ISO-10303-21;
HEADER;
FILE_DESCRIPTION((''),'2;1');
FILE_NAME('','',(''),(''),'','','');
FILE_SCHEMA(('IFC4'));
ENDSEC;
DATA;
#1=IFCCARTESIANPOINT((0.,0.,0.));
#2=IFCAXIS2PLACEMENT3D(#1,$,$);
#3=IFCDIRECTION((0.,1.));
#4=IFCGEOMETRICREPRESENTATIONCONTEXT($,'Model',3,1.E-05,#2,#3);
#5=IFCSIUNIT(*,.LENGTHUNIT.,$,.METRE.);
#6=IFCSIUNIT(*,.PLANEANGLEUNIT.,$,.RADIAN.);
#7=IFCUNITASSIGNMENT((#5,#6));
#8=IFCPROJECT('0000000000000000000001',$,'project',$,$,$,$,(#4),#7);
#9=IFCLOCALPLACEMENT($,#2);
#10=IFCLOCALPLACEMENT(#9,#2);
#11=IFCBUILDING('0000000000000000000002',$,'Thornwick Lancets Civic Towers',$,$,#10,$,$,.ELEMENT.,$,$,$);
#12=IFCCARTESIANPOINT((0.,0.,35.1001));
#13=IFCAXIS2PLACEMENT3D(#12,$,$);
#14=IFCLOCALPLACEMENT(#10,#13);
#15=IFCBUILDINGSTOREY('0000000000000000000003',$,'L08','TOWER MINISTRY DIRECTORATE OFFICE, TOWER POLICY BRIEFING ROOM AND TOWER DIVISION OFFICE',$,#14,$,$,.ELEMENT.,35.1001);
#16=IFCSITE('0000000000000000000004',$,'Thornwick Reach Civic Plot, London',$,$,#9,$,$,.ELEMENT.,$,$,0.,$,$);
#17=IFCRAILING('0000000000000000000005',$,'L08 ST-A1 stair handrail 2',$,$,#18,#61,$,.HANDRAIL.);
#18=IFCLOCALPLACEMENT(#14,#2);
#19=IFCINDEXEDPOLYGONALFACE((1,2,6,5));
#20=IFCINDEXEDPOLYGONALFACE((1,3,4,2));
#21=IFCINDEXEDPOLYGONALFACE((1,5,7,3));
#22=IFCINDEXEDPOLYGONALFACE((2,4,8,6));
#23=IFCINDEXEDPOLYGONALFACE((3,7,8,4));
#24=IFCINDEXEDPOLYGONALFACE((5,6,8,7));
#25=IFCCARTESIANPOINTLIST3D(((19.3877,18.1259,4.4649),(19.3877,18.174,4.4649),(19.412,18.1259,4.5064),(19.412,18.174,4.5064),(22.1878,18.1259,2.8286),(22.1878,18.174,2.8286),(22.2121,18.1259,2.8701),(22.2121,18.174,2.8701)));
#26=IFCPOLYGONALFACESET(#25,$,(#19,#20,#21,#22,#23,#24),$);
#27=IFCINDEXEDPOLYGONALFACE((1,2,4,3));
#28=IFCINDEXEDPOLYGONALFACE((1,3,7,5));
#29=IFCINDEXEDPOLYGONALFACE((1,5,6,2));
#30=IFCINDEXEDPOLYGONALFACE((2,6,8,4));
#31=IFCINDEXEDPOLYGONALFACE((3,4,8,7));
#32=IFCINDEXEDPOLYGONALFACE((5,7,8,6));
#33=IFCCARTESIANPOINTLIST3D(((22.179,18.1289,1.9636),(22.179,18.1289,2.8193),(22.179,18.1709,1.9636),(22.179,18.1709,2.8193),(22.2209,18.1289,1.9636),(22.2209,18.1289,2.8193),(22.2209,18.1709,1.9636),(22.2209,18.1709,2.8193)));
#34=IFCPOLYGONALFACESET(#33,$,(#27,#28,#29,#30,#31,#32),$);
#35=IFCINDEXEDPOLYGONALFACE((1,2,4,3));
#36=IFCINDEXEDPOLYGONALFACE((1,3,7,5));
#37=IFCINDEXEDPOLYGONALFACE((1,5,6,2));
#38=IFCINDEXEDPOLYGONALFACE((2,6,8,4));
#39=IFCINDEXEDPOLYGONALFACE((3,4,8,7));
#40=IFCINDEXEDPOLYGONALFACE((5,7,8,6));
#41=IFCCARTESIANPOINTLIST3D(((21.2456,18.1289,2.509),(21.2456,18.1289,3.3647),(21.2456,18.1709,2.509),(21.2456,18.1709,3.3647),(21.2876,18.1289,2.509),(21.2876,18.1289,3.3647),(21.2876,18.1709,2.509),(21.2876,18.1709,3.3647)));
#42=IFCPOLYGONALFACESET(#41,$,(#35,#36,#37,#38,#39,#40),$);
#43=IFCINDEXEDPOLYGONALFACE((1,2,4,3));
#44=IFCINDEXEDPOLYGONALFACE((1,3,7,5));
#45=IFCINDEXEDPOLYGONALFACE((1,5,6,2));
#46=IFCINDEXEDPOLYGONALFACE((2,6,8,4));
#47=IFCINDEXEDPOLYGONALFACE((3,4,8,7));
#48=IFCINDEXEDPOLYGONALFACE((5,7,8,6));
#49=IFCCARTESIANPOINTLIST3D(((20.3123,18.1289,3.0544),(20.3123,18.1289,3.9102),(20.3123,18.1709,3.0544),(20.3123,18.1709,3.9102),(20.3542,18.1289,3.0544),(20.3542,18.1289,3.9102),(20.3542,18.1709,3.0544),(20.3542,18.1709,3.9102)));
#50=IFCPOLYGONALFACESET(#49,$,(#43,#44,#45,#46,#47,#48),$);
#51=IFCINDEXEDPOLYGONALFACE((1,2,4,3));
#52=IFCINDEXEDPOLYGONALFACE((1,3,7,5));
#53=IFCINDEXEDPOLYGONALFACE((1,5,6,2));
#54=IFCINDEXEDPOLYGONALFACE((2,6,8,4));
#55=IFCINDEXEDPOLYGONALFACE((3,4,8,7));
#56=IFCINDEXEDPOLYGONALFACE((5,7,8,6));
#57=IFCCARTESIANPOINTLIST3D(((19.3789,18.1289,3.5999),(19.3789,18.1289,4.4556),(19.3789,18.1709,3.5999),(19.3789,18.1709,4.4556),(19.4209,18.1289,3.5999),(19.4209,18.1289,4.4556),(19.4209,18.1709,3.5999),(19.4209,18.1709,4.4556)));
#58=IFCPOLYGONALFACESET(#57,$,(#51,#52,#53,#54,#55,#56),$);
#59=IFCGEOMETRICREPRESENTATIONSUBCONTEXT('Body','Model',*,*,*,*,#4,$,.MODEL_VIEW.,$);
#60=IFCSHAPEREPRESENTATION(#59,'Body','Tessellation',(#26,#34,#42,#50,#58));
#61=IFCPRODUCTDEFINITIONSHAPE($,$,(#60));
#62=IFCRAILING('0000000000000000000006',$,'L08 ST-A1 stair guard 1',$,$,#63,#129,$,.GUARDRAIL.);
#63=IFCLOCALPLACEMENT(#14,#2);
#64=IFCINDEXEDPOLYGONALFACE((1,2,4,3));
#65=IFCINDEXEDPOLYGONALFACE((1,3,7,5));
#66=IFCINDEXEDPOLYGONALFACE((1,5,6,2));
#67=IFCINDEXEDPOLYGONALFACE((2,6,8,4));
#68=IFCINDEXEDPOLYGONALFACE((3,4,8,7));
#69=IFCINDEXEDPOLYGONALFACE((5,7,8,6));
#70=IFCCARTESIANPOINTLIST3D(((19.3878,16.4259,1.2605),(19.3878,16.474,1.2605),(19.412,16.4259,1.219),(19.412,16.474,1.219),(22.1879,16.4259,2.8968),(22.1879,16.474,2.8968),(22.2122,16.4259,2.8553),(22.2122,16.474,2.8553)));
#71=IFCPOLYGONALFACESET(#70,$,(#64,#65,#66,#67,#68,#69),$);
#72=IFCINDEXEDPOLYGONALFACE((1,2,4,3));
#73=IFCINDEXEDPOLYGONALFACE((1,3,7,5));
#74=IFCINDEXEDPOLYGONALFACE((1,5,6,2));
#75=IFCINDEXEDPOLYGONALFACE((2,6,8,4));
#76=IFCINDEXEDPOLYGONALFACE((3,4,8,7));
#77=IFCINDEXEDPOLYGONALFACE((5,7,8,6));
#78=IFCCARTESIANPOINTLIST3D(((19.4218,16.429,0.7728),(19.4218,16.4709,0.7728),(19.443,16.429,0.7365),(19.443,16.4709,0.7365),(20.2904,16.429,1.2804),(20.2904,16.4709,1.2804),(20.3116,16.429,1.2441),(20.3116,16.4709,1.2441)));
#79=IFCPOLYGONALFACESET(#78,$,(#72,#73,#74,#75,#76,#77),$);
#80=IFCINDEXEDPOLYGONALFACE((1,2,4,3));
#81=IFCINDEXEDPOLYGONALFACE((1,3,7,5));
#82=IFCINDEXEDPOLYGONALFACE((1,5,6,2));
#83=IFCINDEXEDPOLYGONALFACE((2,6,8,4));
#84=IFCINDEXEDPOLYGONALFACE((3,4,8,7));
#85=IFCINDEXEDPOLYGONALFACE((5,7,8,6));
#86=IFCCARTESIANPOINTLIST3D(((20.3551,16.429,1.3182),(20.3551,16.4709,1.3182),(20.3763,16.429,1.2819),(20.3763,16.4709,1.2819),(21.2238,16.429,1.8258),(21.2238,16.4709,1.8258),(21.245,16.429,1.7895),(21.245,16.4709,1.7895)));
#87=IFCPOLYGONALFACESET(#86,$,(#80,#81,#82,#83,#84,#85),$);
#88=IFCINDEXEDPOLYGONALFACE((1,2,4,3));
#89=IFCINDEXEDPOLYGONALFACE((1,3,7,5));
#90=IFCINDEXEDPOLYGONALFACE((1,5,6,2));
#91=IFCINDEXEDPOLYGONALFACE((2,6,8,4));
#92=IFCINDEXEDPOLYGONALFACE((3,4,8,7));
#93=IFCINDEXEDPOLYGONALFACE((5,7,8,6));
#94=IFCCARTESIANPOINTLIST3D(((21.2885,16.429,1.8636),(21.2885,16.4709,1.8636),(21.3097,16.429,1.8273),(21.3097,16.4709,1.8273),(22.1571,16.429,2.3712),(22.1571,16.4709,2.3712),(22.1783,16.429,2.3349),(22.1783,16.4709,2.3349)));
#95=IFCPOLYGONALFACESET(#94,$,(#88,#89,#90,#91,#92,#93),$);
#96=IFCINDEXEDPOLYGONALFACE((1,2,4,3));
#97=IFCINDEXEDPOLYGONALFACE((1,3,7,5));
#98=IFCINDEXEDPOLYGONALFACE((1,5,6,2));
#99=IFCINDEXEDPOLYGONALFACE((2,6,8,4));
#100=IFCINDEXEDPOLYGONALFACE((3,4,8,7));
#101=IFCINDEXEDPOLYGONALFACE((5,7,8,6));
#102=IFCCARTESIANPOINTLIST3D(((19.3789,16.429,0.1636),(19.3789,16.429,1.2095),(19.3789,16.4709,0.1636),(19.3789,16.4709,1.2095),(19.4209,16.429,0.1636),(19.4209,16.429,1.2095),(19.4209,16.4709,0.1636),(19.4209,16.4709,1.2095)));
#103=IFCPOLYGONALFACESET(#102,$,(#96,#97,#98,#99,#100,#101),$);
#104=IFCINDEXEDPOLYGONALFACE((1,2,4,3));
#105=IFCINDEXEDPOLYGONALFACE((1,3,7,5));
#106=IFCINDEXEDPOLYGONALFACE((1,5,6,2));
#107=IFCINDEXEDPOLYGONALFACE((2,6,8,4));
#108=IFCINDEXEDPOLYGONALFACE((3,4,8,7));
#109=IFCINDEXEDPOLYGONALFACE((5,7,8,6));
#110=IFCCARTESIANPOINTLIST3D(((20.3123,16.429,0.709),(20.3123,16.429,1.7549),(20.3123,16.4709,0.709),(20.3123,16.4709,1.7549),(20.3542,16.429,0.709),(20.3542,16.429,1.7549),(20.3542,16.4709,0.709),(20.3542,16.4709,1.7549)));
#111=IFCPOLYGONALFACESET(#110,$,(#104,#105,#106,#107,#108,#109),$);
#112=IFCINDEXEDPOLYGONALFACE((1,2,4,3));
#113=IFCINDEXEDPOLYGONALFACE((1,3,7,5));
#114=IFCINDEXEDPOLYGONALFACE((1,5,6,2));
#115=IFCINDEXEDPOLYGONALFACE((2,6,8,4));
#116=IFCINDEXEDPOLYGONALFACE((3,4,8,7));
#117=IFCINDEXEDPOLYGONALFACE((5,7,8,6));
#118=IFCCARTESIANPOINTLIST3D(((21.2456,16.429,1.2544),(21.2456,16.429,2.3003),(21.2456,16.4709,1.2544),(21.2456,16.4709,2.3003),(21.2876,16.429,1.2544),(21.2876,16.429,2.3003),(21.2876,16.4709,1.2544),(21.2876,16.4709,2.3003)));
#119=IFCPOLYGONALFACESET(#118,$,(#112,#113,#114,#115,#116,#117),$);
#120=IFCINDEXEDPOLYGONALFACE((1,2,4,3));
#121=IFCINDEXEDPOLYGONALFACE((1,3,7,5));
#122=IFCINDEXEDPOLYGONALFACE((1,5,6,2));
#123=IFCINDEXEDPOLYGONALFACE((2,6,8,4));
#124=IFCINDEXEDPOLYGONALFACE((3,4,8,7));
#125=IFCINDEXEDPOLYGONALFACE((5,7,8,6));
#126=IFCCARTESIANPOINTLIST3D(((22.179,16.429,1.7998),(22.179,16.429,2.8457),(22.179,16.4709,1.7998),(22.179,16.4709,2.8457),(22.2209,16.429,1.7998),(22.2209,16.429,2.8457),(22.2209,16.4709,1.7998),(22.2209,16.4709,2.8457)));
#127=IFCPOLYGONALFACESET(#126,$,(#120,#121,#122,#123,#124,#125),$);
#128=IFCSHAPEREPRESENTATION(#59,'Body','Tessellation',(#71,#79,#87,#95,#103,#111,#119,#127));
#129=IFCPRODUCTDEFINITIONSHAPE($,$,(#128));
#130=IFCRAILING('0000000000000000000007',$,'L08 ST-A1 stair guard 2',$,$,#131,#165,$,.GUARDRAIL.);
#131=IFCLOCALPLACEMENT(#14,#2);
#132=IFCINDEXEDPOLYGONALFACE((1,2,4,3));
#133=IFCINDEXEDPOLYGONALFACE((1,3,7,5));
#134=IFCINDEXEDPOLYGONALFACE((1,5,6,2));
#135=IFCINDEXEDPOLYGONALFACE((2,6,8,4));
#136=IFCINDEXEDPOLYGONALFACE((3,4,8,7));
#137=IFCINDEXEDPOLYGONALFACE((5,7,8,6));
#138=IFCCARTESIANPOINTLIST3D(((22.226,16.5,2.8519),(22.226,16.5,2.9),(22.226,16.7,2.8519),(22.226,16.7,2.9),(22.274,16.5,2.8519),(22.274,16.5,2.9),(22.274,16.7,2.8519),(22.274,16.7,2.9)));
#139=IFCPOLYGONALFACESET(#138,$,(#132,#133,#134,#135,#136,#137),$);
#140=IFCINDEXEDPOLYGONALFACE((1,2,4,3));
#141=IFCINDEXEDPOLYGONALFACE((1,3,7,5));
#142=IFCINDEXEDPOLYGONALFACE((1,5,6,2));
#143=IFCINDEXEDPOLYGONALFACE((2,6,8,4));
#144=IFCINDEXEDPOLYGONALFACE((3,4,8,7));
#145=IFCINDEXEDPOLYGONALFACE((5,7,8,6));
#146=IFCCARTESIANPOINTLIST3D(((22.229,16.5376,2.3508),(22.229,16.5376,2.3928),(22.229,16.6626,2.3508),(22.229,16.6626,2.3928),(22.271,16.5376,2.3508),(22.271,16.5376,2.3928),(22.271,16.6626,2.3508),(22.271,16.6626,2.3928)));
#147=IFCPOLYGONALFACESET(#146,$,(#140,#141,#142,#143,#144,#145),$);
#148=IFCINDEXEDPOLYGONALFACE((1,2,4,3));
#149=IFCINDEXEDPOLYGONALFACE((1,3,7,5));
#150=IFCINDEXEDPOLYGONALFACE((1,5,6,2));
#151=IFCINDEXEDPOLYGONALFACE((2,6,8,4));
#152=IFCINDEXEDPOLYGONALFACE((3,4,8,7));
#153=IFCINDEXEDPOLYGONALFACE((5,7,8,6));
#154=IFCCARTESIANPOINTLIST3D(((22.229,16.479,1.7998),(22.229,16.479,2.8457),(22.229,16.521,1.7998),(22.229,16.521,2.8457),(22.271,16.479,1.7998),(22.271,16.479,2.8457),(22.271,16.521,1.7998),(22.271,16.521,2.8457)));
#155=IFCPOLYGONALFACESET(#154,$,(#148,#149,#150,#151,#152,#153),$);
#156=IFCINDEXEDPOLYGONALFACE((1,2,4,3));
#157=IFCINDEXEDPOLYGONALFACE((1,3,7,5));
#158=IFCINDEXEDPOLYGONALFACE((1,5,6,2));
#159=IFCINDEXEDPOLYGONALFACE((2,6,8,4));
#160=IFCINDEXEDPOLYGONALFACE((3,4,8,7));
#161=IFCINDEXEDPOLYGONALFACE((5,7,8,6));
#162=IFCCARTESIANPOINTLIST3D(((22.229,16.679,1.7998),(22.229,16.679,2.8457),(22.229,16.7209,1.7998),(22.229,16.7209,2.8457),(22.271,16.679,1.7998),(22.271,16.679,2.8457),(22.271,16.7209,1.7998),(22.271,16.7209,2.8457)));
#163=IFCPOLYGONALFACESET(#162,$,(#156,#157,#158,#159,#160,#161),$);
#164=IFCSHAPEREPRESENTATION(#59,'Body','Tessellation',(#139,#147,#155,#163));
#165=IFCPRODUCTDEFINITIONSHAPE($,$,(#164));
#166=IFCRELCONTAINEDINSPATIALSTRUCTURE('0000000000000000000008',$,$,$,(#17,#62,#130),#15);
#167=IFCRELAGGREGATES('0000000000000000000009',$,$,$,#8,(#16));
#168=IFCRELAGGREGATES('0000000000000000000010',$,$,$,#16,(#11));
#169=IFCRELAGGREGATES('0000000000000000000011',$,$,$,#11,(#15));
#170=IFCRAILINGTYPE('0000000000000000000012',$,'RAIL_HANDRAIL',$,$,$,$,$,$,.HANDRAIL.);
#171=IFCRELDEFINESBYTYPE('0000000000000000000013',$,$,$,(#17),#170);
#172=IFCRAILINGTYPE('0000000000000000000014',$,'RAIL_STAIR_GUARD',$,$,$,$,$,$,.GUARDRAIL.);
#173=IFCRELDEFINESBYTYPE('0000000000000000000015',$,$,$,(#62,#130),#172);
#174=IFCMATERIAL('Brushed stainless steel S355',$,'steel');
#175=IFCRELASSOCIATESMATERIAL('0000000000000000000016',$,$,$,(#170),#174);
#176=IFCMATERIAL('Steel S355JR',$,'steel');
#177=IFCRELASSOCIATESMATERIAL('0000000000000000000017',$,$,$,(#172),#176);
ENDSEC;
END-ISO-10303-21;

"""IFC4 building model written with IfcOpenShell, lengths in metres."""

from ifc_helpers import new_model, si_unit, direction, frame, origin, origin_2d, place, context, subcontext, project, spatial, rectangle, extrude, material, type_object, element, save


model = new_model("IFC4")

# Units and contexts
model_context = context("Model", 3, precision=1e-05, world=origin(), true_north=direction((0.0, 1.0)))
body_context = subcontext(model_context, "Body", "Model", "MODEL_VIEW")
ifc_project = project(units=[si_unit("LENGTHUNIT", "METRE"), si_unit("PLANEANGLEUNIT", "RADIAN")], contexts=[model_context])

# Site, building, storey
site_placement = place(None, origin())
site = spatial("IfcSite", under=ifc_project, at=site_placement, Name="Thornwick Reach Civic Plot, London", CompositionType="ELEMENT", RefElevation=0.0)
building_placement = place(site_placement, origin())
building = spatial("IfcBuilding", under=site, at=building_placement, Name="Thornwick Lancets Civic Towers", CompositionType="ELEMENT")
storey_placement = place(building_placement, frame((0.0, 0.0, 35.1001)))
storey = spatial("IfcBuildingStorey", under=building, at=storey_placement, Name="L08", Description="TOWER MINISTRY DIRECTORATE OFFICE, TOWER POLICY BRIEFING ROOM AND TOWER DIVISION OFFICE", CompositionType="ELEMENT", Elevation=35.1001)

# Shared definitions
ifc_material_1 = material(Name="Steel S355JR", Category="steel")

# Railings
ifc_material_2 = material(Name="Brushed stainless steel S355", Category="steel")
railing_type_1 = type_object("IfcRailingType", Name="RAIL_HANDRAIL", PredefinedType="HANDRAIL", material=ifc_material_2)
railing_1_placement = place(storey_placement, frame((22.2, 18.1499, 1.9636)))
element("IfcRailing", 1, at=railing_1_placement, inside=storey, type_object=railing_type_1, Name="L08 ST-A1 stair handrail 2", PredefinedType="HANDRAIL", context=body_context, shape_type="SweptSolid", body=[
    extrude(rectangle(XDim=0.0481, YDim=0.0481, at=origin_2d()), frame((0.0, 0.0, 0.8857), z_axis=(-0.863394, 0.0, 0.504531), x_axis=(0.0, -1.0, 0.0)), (0.0, 0.0, 1.0), 3.2432),
    extrude(rectangle(XDim=0.042, YDim=0.042, at=origin_2d()), origin(), (0.0, 0.0, 1.0), 0.8557),
    extrude(rectangle(XDim=0.042, YDim=0.042, at=origin_2d()), frame((-0.9333, 0.0, 0.5454)), (0.0, 0.0, 1.0), 0.8557),
    extrude(rectangle(XDim=0.042, YDim=0.042, at=origin_2d()), frame((-1.8667, 0.0, 1.0908)), (0.0, 0.0, 1.0), 0.8557),
    extrude(rectangle(XDim=0.042, YDim=0.042, at=origin_2d()), frame((-2.8, 0.0, 1.6362)), (0.0, 0.0, 1.0), 0.8557),
])
railing_type_2 = type_object("IfcRailingType", Name="RAIL_STAIR_GUARD", PredefinedType="GUARDRAIL", material=ifc_material_1)
railing_2_placement = place(storey_placement, frame((19.3999, 16.45, 0.1636)))
element("IfcRailing", 2, at=railing_2_placement, inside=storey, type_object=railing_type_2, Name="L08 ST-A1 stair guard 1", PredefinedType="GUARDRAIL", context=body_context, shape_type="SweptSolid", body=[
    extrude(rectangle(XDim=0.0481, YDim=0.0481, at=origin_2d()), frame((0.0, 0.0, 1.0762), z_axis=(0.863394, 0.0, 0.504531), x_axis=(0.0, 1.0, 0.0)), (0.0, 0.0, 1.0), 3.2432),
    extrude(rectangle(XDim=0.042, YDim=0.042, at=origin_2d()), frame((0.0325, 0.0, 0.5911), z_axis=(0.863394, 0.0, 0.504531), x_axis=(0.0, 1.0, 0.0)), (0.0, 0.0, 1.0), 1.0061),
    extrude(rectangle(XDim=0.042, YDim=0.042, at=origin_2d()), frame((0.9658, 0.0, 1.1365), z_axis=(0.863394, 0.0, 0.504531), x_axis=(0.0, 1.0, 0.0)), (0.0, 0.0, 1.0), 1.0061),
    extrude(rectangle(XDim=0.042, YDim=0.042, at=origin_2d()), frame((1.8992, 0.0, 1.6819), z_axis=(0.863394, 0.0, 0.504531), x_axis=(0.0, 1.0, 0.0)), (0.0, 0.0, 1.0), 1.0061),
    extrude(rectangle(XDim=0.042, YDim=0.042, at=origin_2d()), origin(), (0.0, 0.0, 1.0), 1.0459),
    extrude(rectangle(XDim=0.042, YDim=0.042, at=origin_2d()), frame((0.9333, 0.0, 0.5454)), (0.0, 0.0, 1.0), 1.0459),
    extrude(rectangle(XDim=0.042, YDim=0.042, at=origin_2d()), frame((1.8667, 0.0, 1.0908)), (0.0, 0.0, 1.0), 1.0459),
    extrude(rectangle(XDim=0.042, YDim=0.042, at=origin_2d()), frame((2.8, 0.0, 1.6362)), (0.0, 0.0, 1.0), 1.0459),
])
railing_3_placement = place(storey_placement, frame((22.25, 16.5, 1.7998)))
element("IfcRailing", 3, at=railing_3_placement, inside=storey, type_object=railing_type_2, Name="L08 ST-A1 stair guard 2", PredefinedType="GUARDRAIL", context=body_context, shape_type="SweptSolid", body=[
    extrude(rectangle(XDim=0.0481, YDim=0.0481, at=origin_2d()), frame((0.0, 0.0, 1.0762), z_axis=(0.0, 1.0, 0.0), x_axis=(-1.0, 0.0, 0.0)), (0.0, 0.0, 1.0), 0.2),
    extrude(rectangle(XDim=0.042, YDim=0.042, at=origin_2d()), frame((0.0, 0.0376, 0.572), z_axis=(0.0, 1.0, 0.0), x_axis=(-1.0, 0.0, 0.0)), (0.0, 0.0, 1.0), 0.125),
    extrude(rectangle(XDim=0.042, YDim=0.042, at=origin_2d()), origin(), (0.0, 0.0, 1.0), 1.0459),
    extrude(rectangle(XDim=0.042, YDim=0.042, at=origin_2d()), frame((0.0, 0.2, 0.0)), (0.0, 0.0, 1.0), 1.0459),
])

save(model, "model.ifc")
